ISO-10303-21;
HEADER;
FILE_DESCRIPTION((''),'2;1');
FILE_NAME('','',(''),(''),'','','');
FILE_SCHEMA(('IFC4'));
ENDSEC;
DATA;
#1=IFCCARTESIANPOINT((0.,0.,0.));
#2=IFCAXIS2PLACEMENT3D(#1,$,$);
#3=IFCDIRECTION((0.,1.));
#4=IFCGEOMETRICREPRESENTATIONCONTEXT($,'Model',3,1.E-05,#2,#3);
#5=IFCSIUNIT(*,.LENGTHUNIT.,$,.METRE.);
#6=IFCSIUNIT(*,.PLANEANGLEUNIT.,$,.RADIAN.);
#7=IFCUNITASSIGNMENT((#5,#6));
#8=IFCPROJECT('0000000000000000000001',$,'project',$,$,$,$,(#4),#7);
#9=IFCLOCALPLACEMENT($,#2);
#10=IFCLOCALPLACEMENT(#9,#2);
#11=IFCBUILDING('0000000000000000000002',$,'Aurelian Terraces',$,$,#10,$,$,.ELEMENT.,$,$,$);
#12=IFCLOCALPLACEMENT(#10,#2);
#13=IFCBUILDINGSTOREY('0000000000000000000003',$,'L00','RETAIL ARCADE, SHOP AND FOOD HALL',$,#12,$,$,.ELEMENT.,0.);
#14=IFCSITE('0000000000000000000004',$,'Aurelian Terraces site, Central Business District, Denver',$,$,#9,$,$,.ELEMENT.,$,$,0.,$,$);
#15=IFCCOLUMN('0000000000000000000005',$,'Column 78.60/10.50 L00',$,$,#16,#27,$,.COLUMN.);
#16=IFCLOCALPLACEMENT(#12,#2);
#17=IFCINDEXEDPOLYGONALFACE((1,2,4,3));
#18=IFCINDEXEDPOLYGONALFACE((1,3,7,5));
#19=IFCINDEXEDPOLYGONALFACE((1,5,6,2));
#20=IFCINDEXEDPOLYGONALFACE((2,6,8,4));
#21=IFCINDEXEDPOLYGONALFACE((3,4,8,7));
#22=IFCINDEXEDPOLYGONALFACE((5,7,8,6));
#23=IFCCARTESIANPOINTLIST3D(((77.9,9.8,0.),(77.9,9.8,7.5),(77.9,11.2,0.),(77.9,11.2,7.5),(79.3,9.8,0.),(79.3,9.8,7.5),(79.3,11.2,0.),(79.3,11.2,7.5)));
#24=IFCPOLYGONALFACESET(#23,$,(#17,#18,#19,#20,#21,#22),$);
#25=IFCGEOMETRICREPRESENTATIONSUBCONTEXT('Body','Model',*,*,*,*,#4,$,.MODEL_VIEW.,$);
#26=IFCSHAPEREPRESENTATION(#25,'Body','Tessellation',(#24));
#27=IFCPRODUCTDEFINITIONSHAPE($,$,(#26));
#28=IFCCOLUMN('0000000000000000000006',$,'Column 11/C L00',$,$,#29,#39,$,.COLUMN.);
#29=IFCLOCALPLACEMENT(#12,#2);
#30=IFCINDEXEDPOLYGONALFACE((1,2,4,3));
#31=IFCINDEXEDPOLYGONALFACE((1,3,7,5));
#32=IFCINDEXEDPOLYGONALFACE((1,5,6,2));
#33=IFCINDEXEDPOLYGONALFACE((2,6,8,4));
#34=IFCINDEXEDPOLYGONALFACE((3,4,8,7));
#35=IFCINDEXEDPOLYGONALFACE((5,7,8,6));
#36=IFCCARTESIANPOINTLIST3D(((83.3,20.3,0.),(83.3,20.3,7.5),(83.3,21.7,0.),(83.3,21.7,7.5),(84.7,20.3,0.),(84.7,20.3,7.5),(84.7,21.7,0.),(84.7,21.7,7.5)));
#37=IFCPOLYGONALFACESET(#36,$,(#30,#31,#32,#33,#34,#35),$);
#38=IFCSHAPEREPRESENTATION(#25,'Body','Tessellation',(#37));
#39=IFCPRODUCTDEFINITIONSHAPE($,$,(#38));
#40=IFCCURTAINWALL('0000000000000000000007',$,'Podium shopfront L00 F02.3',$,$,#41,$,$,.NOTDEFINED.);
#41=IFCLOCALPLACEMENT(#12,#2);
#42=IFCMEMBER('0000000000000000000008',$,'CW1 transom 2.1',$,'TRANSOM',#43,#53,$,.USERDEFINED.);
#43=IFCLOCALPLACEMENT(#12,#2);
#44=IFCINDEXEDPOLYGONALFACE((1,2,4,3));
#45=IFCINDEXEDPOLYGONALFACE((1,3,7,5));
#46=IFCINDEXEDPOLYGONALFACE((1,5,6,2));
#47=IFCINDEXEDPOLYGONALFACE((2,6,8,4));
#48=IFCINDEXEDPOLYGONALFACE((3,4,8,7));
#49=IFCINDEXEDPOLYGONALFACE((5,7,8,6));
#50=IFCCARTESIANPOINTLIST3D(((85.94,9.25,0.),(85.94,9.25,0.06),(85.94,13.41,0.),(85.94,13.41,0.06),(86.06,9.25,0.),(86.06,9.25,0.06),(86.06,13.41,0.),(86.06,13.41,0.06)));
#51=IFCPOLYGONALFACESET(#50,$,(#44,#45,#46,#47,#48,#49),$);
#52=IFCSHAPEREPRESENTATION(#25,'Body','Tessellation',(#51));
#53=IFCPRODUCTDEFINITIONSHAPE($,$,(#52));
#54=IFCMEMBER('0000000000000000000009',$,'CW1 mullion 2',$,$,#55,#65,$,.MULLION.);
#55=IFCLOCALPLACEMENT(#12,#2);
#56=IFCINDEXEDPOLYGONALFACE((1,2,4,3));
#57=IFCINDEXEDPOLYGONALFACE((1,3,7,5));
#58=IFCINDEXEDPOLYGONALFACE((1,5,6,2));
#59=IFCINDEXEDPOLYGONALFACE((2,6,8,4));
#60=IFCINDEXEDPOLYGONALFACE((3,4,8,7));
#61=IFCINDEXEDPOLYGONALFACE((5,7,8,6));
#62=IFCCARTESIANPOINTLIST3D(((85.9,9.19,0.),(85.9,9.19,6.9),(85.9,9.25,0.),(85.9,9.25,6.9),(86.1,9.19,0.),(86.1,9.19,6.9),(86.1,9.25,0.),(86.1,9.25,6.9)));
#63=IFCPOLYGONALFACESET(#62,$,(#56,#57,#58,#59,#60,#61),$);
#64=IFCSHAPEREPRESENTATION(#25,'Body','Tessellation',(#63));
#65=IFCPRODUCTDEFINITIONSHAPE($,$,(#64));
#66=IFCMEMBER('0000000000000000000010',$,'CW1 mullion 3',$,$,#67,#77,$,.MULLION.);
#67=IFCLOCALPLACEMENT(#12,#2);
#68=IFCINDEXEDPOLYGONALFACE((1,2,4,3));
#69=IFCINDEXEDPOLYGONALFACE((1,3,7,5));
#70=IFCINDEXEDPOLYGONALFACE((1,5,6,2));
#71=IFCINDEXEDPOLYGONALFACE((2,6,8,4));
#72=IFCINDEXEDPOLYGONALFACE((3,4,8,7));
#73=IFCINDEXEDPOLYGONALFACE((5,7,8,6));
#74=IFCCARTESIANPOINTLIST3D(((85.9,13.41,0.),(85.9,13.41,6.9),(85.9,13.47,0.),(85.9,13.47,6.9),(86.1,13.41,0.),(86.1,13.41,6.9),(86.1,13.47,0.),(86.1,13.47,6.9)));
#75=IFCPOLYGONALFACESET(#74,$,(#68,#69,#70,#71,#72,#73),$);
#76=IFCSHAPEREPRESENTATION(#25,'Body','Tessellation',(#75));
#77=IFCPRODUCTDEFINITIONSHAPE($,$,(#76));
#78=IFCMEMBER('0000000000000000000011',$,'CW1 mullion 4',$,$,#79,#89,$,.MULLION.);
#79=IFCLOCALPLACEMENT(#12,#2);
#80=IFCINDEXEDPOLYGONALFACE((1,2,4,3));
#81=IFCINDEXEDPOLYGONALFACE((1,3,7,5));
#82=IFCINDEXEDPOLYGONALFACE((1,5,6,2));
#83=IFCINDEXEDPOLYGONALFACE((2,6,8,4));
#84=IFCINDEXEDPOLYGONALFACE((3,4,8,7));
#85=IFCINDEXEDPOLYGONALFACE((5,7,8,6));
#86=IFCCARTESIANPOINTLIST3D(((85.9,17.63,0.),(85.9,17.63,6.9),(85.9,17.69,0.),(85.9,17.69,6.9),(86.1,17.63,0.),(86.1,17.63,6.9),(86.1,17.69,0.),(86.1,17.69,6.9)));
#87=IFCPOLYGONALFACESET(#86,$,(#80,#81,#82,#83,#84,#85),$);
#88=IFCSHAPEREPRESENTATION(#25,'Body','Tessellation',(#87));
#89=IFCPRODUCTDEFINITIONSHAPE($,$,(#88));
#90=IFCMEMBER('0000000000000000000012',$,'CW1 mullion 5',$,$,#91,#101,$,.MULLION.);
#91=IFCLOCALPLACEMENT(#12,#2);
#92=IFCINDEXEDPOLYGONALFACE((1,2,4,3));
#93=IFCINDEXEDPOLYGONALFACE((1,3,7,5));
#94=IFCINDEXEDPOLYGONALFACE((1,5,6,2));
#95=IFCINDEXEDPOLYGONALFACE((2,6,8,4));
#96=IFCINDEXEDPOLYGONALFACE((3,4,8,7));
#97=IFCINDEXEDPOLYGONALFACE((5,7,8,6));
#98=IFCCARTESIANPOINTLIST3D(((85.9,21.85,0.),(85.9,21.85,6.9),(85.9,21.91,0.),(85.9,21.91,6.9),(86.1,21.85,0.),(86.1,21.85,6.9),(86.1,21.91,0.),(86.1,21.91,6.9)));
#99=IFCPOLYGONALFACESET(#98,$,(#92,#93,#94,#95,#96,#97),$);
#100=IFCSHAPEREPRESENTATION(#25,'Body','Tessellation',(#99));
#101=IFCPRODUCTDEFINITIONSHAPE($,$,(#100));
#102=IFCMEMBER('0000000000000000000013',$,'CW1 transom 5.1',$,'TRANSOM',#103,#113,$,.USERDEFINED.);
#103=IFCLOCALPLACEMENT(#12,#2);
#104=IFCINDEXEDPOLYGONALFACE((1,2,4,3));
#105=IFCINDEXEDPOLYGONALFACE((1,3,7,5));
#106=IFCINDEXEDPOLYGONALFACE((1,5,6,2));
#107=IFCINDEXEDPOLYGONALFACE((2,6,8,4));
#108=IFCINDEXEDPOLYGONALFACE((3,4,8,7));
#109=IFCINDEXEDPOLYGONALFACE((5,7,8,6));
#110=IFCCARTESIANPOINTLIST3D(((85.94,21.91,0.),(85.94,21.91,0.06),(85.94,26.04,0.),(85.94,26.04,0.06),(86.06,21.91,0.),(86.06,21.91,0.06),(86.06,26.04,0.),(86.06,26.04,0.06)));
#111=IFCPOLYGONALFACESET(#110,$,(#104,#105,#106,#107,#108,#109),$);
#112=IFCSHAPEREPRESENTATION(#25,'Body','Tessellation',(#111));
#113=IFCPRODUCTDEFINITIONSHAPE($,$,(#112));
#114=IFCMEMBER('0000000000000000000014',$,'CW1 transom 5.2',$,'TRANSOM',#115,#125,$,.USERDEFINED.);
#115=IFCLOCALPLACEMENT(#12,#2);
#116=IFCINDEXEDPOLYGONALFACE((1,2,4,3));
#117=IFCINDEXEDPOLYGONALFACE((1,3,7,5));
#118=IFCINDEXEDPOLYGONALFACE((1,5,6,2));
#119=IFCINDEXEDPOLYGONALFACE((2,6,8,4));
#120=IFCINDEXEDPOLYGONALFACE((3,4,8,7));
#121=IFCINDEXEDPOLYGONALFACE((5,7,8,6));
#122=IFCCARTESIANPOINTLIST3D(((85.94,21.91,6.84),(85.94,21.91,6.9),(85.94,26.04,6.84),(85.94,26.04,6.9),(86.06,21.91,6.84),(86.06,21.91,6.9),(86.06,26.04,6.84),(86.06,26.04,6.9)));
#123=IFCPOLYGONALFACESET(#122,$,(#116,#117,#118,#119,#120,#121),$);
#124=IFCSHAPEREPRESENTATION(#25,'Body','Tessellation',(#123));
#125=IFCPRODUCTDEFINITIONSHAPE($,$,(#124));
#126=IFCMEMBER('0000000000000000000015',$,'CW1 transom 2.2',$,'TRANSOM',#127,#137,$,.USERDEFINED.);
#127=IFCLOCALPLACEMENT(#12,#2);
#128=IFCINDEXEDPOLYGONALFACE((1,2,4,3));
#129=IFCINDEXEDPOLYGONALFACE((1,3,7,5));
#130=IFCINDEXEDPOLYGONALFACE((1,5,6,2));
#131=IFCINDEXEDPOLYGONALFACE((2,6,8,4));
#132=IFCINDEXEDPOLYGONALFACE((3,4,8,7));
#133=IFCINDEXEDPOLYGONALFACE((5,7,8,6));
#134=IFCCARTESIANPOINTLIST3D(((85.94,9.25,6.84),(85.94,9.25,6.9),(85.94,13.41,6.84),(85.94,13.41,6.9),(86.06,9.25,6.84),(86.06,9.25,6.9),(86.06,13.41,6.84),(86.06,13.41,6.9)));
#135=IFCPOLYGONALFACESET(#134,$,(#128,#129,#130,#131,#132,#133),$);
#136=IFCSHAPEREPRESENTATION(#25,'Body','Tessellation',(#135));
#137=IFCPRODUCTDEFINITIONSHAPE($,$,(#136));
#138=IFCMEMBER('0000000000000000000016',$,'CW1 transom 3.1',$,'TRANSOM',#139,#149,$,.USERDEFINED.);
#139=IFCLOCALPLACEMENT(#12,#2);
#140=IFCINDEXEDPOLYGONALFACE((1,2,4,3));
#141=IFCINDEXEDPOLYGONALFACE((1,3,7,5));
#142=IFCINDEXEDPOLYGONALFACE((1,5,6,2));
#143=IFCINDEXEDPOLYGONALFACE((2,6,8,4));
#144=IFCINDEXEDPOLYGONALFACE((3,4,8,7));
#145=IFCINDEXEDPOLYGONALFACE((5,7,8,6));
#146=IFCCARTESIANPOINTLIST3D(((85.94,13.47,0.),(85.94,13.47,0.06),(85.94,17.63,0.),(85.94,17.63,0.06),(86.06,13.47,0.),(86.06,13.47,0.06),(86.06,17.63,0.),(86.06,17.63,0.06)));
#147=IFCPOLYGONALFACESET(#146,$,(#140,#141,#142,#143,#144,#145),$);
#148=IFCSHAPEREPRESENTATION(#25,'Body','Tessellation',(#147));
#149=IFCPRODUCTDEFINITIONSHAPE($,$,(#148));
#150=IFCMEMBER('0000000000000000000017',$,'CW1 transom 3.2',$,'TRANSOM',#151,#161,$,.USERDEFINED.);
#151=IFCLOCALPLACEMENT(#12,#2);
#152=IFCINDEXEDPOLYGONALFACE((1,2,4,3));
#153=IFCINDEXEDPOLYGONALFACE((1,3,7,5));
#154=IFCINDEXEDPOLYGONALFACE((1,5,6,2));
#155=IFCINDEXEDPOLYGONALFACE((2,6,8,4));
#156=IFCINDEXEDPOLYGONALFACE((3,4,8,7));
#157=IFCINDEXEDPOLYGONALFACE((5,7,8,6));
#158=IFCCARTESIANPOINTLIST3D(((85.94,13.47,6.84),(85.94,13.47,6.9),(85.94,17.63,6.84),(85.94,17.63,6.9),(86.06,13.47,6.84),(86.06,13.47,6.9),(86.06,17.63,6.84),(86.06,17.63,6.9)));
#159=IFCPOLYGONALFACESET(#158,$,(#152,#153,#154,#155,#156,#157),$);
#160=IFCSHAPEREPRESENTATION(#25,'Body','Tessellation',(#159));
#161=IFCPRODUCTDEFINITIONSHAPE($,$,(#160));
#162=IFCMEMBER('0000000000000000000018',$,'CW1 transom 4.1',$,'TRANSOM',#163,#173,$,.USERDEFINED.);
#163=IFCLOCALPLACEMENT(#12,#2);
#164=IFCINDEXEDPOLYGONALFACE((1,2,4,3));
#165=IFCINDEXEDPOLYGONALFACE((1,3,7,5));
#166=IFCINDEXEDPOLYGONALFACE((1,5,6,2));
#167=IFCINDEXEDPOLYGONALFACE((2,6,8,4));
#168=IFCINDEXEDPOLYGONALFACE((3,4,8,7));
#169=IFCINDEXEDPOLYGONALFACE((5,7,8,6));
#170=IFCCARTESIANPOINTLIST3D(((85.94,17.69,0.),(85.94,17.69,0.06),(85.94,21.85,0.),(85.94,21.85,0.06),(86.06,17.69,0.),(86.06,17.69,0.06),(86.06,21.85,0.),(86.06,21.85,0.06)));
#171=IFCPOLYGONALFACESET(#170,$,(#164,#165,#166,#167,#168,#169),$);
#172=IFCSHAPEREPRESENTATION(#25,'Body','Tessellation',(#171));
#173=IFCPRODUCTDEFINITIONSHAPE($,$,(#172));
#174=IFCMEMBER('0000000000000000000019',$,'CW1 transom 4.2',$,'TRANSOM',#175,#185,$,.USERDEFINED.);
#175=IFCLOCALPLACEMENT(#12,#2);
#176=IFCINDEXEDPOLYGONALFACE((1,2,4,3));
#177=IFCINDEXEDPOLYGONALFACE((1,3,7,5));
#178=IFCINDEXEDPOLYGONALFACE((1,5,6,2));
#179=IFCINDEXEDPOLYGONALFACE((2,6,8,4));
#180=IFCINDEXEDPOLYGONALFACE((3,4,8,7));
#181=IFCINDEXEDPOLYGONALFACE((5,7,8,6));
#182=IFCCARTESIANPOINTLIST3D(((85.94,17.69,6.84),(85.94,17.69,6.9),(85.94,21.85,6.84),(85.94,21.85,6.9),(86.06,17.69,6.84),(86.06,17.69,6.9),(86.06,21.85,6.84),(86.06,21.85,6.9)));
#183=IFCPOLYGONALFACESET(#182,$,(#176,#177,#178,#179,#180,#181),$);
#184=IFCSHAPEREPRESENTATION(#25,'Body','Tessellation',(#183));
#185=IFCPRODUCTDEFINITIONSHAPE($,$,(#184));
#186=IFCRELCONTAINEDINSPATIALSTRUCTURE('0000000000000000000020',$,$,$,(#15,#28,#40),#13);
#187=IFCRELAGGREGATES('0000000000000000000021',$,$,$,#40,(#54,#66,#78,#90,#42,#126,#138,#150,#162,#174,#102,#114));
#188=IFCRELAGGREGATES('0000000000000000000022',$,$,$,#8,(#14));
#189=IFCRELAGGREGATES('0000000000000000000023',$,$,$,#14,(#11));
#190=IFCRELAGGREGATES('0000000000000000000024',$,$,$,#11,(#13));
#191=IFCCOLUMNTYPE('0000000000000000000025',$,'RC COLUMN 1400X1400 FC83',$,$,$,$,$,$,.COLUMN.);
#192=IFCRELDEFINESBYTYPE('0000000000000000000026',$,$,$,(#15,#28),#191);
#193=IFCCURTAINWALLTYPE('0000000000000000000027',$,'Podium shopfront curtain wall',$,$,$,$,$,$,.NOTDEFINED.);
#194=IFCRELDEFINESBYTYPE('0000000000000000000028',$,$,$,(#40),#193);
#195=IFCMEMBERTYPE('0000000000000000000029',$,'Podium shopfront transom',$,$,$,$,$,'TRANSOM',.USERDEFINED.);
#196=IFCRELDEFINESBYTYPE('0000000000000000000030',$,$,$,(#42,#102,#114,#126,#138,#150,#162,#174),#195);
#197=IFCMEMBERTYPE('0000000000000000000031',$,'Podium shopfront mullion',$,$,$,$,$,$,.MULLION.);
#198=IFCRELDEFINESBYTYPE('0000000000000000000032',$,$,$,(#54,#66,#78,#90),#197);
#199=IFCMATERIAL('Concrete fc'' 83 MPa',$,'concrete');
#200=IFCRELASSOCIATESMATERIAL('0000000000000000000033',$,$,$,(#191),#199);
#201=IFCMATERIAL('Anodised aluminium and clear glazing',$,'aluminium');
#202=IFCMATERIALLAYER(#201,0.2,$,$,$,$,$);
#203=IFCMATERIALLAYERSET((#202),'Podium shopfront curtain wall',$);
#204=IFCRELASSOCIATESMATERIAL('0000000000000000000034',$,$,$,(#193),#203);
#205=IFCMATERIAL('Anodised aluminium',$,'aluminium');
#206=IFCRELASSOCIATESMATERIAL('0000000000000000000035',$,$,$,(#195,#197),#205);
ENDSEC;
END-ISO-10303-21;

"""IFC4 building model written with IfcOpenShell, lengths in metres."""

from ifc_helpers import new_model, si_unit, direction, frame, origin, origin_2d, place, context, subcontext, project, spatial, rectangle, extrude, source, transform, mapped, material, layer, layer_set, material_profile, profile_set, type_object, element, aggregate, save


model = new_model("IFC4")

# Units and contexts
model_context = context("Model", 3, precision=1e-05, world=origin(), true_north=direction((0.0, 1.0)))
body_context = subcontext(model_context, "Body", "Model", "MODEL_VIEW")
ifc_project = project(units=[si_unit("LENGTHUNIT", "METRE"), si_unit("PLANEANGLEUNIT", "RADIAN")], contexts=[model_context])

# Site, building, storey
site_placement = place(None, origin())
site = spatial("IfcSite", under=ifc_project, at=site_placement, Name="Aurelian Terraces site, Central Business District, Denver", CompositionType="ELEMENT", RefElevation=0.0)
building_placement = place(site_placement, origin())
building = spatial("IfcBuilding", under=site, at=building_placement, Name="Aurelian Terraces", CompositionType="ELEMENT")
storey_placement = place(building_placement, origin())
storey = spatial("IfcBuildingStorey", under=building, at=storey_placement, Name="L00", Description="RETAIL ARCADE, SHOP AND FOOD HALL", CompositionType="ELEMENT", Elevation=0.0)

# Columns
ifc_material_1 = material(Name="Concrete fc' 83 MPa", Category="concrete")
ifc_material_profile_1 = material_profile(ifc_material_1, rectangle(XDim=1.4, YDim=1.4, at=origin_2d()))
ifc_profile_set_1 = profile_set([ifc_material_profile_1], Name="Concrete fc' 83 MPa")
column_type = type_object("IfcColumnType", Name="RC COLUMN 1400X1400 FC83", PredefinedType="COLUMN", material=ifc_profile_set_1)
shared_shape_1 = source(origin(), body_context, "Body", "SweptSolid", [
    extrude(rectangle(XDim=1.4, YDim=1.4, at=origin_2d()), origin(), (0.0, 0.0, 1.0), 7.5),
])
for number, where, z_axis, x_axis, name in (
    (1, (78.6, 10.5, 0.0), (0.0, 0.0, 1.0), (1.0, 0.0, 0.0), "Column 78.60/10.50 L00"),
    (2, (84.0, 21.0, 0.0), (0.0, 0.0, 1.0), (1.0, 0.0, 0.0), "Column 11/C L00"),
):
    element("IfcColumn", number, at=place(storey_placement, frame(where, z_axis=z_axis, x_axis=x_axis)), inside=storey, type_object=column_type, Name=name, PredefinedType="COLUMN", context=body_context, shape_type="MappedRepresentation", body=[
        mapped(shared_shape_1, transform((0.0, 0.0, 0.0), scale=1.0)),
    ])

# Curtain wall, members
ifc_material_2 = material(Name="Anodised aluminium and clear glazing", Category="aluminium")
ifc_layer_1 = layer(ifc_material_2, 0.2)
ifc_layer_set_1 = layer_set([ifc_layer_1], Name="Podium shopfront curtain wall")
curtain_wall_type = type_object("IfcCurtainWallType", Name="Podium shopfront curtain wall", PredefinedType="NOTDEFINED", material=ifc_layer_set_1)
curtain_wall_placement = place(storey_placement, origin())
curtain_wall = element("IfcCurtainWall", 3, at=curtain_wall_placement, inside=storey, type_object=curtain_wall_type, Name="Podium shopfront L00 F02.3", PredefinedType="NOTDEFINED")
ifc_material_3 = material(Name="Anodised aluminium", Category="aluminium")
ifc_material_profile_2 = material_profile(ifc_material_3, rectangle(XDim=0.12, YDim=0.06, at=origin_2d()))
ifc_profile_set_2 = profile_set([ifc_material_profile_2], Name="Anodised aluminium")
member_type_1 = type_object("IfcMemberType", Name="Podium shopfront transom", ElementType="TRANSOM", PredefinedType="USERDEFINED", material=ifc_profile_set_2)
member_1_placement = place(storey_placement, frame((86.0, 9.25, 0.03), z_axis=(0.0, 1.0, 0.0), x_axis=(-1.0, 0.0, 0.0)))
member_1 = element("IfcMember", 4, at=member_1_placement, type_object=member_type_1, Name="CW1 transom 2.1", ObjectType="TRANSOM", PredefinedType="USERDEFINED", context=body_context, shape_type="SweptSolid", body=[
    extrude(rectangle(XDim=0.12, YDim=0.06, at=origin_2d()), origin(), (0.0, 0.0, 1.0), 4.16),
])
ifc_material_profile_3 = material_profile(ifc_material_3, rectangle(XDim=0.2, YDim=0.06, at=origin_2d()))
ifc_profile_set_3 = profile_set([ifc_material_profile_3], Name="Anodised aluminium")
member_type_2 = type_object("IfcMemberType", Name="Podium shopfront mullion", PredefinedType="MULLION", material=ifc_profile_set_3)
shared_shape_2 = source(origin(), body_context, "Body", "SweptSolid", [
    extrude(rectangle(XDim=0.2, YDim=0.06, at=origin_2d()), origin(), (0.0, 0.0, 1.0), 6.9),
])
member_2_placement = place(storey_placement, frame((86.0, 9.22, 0.0), z_axis=(0.0, 0.0, 1.0), x_axis=(-1.0, 0.0, 0.0)))
member_2 = element("IfcMember", 5, at=member_2_placement, type_object=member_type_2, Name="CW1 mullion 2", PredefinedType="MULLION", context=body_context, shape_type="MappedRepresentation", body=[
    mapped(shared_shape_2, transform((0.0, 0.0, 0.0), scale=1.0)),
])
member_3_placement = place(storey_placement, frame((86.0, 13.44, 0.0), z_axis=(0.0, 0.0, 1.0), x_axis=(-1.0, 0.0, 0.0)))
member_3 = element("IfcMember", 6, at=member_3_placement, type_object=member_type_2, Name="CW1 mullion 3", PredefinedType="MULLION", context=body_context, shape_type="MappedRepresentation", body=[
    mapped(shared_shape_2, transform((0.0, 0.0, 0.0), scale=1.0)),
])
member_4_placement = place(storey_placement, frame((86.0, 17.66, 0.0), z_axis=(0.0, 0.0, 1.0), x_axis=(-1.0, 0.0, 0.0)))
member_4 = element("IfcMember", 7, at=member_4_placement, type_object=member_type_2, Name="CW1 mullion 4", PredefinedType="MULLION", context=body_context, shape_type="MappedRepresentation", body=[
    mapped(shared_shape_2, transform((0.0, 0.0, 0.0), scale=1.0)),
])
member_5_placement = place(storey_placement, frame((86.0, 21.88, 0.0), z_axis=(0.0, 0.0, 1.0), x_axis=(-1.0, 0.0, 0.0)))
member_5 = element("IfcMember", 8, at=member_5_placement, type_object=member_type_2, Name="CW1 mullion 5", PredefinedType="MULLION", context=body_context, shape_type="MappedRepresentation", body=[
    mapped(shared_shape_2, transform((0.0, 0.0, 0.0), scale=1.0)),
])
shared_shape_3 = source(origin(), body_context, "Body", "SweptSolid", [
    extrude(rectangle(XDim=0.12, YDim=0.06, at=origin_2d()), origin(), (0.0, 0.0, 1.0), 4.13),
])
member_6_placement = place(storey_placement, frame((86.0, 21.91, 0.03), z_axis=(0.0, 1.0, 0.0), x_axis=(-1.0, 0.0, 0.0)))
member_6 = element("IfcMember", 9, at=member_6_placement, type_object=member_type_1, Name="CW1 transom 5.1", ObjectType="TRANSOM", PredefinedType="USERDEFINED", context=body_context, shape_type="MappedRepresentation", body=[
    mapped(shared_shape_3, transform((0.0, 0.0, 0.0), scale=1.0)),
])
member_7_placement = place(storey_placement, frame((86.0, 21.91, 6.87), z_axis=(0.0, 1.0, 0.0), x_axis=(-1.0, 0.0, 0.0)))
member_7 = element("IfcMember", 10, at=member_7_placement, type_object=member_type_1, Name="CW1 transom 5.2", ObjectType="TRANSOM", PredefinedType="USERDEFINED", context=body_context, shape_type="MappedRepresentation", body=[
    mapped(shared_shape_3, transform((0.0, 0.0, 0.0), scale=1.0)),
])
shared_shape_4 = source(origin(), body_context, "Body", "SweptSolid", [
    extrude(rectangle(XDim=0.12, YDim=0.06, at=origin_2d()), origin(), (0.0, 0.0, 1.0), 4.16),
])
member_8_placement = place(storey_placement, frame((86.0, 9.25, 6.87), z_axis=(0.0, 1.0, 0.0), x_axis=(-1.0, 0.0, 0.0)))
member_8 = element("IfcMember", 11, at=member_8_placement, type_object=member_type_1, Name="CW1 transom 2.2", ObjectType="TRANSOM", PredefinedType="USERDEFINED", context=body_context, shape_type="MappedRepresentation", body=[
    mapped(shared_shape_4, transform((0.0, 0.0, 0.0), scale=1.0)),
])
member_9_placement = place(storey_placement, frame((86.0, 13.47, 0.03), z_axis=(0.0, 1.0, 0.0), x_axis=(-1.0, 0.0, 0.0)))
member_9 = element("IfcMember", 12, at=member_9_placement, type_object=member_type_1, Name="CW1 transom 3.1", ObjectType="TRANSOM", PredefinedType="USERDEFINED", context=body_context, shape_type="MappedRepresentation", body=[
    mapped(shared_shape_4, transform((0.0, 0.0, 0.0), scale=1.0)),
])
member_10_placement = place(storey_placement, frame((86.0, 13.47, 6.87), z_axis=(0.0, 1.0, 0.0), x_axis=(-1.0, 0.0, 0.0)))
member_10 = element("IfcMember", 13, at=member_10_placement, type_object=member_type_1, Name="CW1 transom 3.2", ObjectType="TRANSOM", PredefinedType="USERDEFINED", context=body_context, shape_type="MappedRepresentation", body=[
    mapped(shared_shape_4, transform((0.0, 0.0, 0.0), scale=1.0)),
])
member_11_placement = place(storey_placement, frame((86.0, 17.69, 0.03), z_axis=(0.0, 1.0, 0.0), x_axis=(-1.0, 0.0, 0.0)))
member_11 = element("IfcMember", 14, at=member_11_placement, type_object=member_type_1, Name="CW1 transom 4.1", ObjectType="TRANSOM", PredefinedType="USERDEFINED", context=body_context, shape_type="MappedRepresentation", body=[
    mapped(shared_shape_4, transform((0.0, 0.0, 0.0), scale=1.0)),
])
member_12_placement = place(storey_placement, frame((86.0, 17.69, 6.87), z_axis=(0.0, 1.0, 0.0), x_axis=(-1.0, 0.0, 0.0)))
member_12 = element("IfcMember", 15, at=member_12_placement, type_object=member_type_1, Name="CW1 transom 4.2", ObjectType="TRANSOM", PredefinedType="USERDEFINED", context=body_context, shape_type="MappedRepresentation", body=[
    mapped(shared_shape_4, transform((0.0, 0.0, 0.0), scale=1.0)),
])
aggregate(curtain_wall, [member_2, member_3, member_4, member_5, member_1, member_8, member_9, member_10, member_11, member_12, member_6, member_7])

save(model, "model.ifc")
